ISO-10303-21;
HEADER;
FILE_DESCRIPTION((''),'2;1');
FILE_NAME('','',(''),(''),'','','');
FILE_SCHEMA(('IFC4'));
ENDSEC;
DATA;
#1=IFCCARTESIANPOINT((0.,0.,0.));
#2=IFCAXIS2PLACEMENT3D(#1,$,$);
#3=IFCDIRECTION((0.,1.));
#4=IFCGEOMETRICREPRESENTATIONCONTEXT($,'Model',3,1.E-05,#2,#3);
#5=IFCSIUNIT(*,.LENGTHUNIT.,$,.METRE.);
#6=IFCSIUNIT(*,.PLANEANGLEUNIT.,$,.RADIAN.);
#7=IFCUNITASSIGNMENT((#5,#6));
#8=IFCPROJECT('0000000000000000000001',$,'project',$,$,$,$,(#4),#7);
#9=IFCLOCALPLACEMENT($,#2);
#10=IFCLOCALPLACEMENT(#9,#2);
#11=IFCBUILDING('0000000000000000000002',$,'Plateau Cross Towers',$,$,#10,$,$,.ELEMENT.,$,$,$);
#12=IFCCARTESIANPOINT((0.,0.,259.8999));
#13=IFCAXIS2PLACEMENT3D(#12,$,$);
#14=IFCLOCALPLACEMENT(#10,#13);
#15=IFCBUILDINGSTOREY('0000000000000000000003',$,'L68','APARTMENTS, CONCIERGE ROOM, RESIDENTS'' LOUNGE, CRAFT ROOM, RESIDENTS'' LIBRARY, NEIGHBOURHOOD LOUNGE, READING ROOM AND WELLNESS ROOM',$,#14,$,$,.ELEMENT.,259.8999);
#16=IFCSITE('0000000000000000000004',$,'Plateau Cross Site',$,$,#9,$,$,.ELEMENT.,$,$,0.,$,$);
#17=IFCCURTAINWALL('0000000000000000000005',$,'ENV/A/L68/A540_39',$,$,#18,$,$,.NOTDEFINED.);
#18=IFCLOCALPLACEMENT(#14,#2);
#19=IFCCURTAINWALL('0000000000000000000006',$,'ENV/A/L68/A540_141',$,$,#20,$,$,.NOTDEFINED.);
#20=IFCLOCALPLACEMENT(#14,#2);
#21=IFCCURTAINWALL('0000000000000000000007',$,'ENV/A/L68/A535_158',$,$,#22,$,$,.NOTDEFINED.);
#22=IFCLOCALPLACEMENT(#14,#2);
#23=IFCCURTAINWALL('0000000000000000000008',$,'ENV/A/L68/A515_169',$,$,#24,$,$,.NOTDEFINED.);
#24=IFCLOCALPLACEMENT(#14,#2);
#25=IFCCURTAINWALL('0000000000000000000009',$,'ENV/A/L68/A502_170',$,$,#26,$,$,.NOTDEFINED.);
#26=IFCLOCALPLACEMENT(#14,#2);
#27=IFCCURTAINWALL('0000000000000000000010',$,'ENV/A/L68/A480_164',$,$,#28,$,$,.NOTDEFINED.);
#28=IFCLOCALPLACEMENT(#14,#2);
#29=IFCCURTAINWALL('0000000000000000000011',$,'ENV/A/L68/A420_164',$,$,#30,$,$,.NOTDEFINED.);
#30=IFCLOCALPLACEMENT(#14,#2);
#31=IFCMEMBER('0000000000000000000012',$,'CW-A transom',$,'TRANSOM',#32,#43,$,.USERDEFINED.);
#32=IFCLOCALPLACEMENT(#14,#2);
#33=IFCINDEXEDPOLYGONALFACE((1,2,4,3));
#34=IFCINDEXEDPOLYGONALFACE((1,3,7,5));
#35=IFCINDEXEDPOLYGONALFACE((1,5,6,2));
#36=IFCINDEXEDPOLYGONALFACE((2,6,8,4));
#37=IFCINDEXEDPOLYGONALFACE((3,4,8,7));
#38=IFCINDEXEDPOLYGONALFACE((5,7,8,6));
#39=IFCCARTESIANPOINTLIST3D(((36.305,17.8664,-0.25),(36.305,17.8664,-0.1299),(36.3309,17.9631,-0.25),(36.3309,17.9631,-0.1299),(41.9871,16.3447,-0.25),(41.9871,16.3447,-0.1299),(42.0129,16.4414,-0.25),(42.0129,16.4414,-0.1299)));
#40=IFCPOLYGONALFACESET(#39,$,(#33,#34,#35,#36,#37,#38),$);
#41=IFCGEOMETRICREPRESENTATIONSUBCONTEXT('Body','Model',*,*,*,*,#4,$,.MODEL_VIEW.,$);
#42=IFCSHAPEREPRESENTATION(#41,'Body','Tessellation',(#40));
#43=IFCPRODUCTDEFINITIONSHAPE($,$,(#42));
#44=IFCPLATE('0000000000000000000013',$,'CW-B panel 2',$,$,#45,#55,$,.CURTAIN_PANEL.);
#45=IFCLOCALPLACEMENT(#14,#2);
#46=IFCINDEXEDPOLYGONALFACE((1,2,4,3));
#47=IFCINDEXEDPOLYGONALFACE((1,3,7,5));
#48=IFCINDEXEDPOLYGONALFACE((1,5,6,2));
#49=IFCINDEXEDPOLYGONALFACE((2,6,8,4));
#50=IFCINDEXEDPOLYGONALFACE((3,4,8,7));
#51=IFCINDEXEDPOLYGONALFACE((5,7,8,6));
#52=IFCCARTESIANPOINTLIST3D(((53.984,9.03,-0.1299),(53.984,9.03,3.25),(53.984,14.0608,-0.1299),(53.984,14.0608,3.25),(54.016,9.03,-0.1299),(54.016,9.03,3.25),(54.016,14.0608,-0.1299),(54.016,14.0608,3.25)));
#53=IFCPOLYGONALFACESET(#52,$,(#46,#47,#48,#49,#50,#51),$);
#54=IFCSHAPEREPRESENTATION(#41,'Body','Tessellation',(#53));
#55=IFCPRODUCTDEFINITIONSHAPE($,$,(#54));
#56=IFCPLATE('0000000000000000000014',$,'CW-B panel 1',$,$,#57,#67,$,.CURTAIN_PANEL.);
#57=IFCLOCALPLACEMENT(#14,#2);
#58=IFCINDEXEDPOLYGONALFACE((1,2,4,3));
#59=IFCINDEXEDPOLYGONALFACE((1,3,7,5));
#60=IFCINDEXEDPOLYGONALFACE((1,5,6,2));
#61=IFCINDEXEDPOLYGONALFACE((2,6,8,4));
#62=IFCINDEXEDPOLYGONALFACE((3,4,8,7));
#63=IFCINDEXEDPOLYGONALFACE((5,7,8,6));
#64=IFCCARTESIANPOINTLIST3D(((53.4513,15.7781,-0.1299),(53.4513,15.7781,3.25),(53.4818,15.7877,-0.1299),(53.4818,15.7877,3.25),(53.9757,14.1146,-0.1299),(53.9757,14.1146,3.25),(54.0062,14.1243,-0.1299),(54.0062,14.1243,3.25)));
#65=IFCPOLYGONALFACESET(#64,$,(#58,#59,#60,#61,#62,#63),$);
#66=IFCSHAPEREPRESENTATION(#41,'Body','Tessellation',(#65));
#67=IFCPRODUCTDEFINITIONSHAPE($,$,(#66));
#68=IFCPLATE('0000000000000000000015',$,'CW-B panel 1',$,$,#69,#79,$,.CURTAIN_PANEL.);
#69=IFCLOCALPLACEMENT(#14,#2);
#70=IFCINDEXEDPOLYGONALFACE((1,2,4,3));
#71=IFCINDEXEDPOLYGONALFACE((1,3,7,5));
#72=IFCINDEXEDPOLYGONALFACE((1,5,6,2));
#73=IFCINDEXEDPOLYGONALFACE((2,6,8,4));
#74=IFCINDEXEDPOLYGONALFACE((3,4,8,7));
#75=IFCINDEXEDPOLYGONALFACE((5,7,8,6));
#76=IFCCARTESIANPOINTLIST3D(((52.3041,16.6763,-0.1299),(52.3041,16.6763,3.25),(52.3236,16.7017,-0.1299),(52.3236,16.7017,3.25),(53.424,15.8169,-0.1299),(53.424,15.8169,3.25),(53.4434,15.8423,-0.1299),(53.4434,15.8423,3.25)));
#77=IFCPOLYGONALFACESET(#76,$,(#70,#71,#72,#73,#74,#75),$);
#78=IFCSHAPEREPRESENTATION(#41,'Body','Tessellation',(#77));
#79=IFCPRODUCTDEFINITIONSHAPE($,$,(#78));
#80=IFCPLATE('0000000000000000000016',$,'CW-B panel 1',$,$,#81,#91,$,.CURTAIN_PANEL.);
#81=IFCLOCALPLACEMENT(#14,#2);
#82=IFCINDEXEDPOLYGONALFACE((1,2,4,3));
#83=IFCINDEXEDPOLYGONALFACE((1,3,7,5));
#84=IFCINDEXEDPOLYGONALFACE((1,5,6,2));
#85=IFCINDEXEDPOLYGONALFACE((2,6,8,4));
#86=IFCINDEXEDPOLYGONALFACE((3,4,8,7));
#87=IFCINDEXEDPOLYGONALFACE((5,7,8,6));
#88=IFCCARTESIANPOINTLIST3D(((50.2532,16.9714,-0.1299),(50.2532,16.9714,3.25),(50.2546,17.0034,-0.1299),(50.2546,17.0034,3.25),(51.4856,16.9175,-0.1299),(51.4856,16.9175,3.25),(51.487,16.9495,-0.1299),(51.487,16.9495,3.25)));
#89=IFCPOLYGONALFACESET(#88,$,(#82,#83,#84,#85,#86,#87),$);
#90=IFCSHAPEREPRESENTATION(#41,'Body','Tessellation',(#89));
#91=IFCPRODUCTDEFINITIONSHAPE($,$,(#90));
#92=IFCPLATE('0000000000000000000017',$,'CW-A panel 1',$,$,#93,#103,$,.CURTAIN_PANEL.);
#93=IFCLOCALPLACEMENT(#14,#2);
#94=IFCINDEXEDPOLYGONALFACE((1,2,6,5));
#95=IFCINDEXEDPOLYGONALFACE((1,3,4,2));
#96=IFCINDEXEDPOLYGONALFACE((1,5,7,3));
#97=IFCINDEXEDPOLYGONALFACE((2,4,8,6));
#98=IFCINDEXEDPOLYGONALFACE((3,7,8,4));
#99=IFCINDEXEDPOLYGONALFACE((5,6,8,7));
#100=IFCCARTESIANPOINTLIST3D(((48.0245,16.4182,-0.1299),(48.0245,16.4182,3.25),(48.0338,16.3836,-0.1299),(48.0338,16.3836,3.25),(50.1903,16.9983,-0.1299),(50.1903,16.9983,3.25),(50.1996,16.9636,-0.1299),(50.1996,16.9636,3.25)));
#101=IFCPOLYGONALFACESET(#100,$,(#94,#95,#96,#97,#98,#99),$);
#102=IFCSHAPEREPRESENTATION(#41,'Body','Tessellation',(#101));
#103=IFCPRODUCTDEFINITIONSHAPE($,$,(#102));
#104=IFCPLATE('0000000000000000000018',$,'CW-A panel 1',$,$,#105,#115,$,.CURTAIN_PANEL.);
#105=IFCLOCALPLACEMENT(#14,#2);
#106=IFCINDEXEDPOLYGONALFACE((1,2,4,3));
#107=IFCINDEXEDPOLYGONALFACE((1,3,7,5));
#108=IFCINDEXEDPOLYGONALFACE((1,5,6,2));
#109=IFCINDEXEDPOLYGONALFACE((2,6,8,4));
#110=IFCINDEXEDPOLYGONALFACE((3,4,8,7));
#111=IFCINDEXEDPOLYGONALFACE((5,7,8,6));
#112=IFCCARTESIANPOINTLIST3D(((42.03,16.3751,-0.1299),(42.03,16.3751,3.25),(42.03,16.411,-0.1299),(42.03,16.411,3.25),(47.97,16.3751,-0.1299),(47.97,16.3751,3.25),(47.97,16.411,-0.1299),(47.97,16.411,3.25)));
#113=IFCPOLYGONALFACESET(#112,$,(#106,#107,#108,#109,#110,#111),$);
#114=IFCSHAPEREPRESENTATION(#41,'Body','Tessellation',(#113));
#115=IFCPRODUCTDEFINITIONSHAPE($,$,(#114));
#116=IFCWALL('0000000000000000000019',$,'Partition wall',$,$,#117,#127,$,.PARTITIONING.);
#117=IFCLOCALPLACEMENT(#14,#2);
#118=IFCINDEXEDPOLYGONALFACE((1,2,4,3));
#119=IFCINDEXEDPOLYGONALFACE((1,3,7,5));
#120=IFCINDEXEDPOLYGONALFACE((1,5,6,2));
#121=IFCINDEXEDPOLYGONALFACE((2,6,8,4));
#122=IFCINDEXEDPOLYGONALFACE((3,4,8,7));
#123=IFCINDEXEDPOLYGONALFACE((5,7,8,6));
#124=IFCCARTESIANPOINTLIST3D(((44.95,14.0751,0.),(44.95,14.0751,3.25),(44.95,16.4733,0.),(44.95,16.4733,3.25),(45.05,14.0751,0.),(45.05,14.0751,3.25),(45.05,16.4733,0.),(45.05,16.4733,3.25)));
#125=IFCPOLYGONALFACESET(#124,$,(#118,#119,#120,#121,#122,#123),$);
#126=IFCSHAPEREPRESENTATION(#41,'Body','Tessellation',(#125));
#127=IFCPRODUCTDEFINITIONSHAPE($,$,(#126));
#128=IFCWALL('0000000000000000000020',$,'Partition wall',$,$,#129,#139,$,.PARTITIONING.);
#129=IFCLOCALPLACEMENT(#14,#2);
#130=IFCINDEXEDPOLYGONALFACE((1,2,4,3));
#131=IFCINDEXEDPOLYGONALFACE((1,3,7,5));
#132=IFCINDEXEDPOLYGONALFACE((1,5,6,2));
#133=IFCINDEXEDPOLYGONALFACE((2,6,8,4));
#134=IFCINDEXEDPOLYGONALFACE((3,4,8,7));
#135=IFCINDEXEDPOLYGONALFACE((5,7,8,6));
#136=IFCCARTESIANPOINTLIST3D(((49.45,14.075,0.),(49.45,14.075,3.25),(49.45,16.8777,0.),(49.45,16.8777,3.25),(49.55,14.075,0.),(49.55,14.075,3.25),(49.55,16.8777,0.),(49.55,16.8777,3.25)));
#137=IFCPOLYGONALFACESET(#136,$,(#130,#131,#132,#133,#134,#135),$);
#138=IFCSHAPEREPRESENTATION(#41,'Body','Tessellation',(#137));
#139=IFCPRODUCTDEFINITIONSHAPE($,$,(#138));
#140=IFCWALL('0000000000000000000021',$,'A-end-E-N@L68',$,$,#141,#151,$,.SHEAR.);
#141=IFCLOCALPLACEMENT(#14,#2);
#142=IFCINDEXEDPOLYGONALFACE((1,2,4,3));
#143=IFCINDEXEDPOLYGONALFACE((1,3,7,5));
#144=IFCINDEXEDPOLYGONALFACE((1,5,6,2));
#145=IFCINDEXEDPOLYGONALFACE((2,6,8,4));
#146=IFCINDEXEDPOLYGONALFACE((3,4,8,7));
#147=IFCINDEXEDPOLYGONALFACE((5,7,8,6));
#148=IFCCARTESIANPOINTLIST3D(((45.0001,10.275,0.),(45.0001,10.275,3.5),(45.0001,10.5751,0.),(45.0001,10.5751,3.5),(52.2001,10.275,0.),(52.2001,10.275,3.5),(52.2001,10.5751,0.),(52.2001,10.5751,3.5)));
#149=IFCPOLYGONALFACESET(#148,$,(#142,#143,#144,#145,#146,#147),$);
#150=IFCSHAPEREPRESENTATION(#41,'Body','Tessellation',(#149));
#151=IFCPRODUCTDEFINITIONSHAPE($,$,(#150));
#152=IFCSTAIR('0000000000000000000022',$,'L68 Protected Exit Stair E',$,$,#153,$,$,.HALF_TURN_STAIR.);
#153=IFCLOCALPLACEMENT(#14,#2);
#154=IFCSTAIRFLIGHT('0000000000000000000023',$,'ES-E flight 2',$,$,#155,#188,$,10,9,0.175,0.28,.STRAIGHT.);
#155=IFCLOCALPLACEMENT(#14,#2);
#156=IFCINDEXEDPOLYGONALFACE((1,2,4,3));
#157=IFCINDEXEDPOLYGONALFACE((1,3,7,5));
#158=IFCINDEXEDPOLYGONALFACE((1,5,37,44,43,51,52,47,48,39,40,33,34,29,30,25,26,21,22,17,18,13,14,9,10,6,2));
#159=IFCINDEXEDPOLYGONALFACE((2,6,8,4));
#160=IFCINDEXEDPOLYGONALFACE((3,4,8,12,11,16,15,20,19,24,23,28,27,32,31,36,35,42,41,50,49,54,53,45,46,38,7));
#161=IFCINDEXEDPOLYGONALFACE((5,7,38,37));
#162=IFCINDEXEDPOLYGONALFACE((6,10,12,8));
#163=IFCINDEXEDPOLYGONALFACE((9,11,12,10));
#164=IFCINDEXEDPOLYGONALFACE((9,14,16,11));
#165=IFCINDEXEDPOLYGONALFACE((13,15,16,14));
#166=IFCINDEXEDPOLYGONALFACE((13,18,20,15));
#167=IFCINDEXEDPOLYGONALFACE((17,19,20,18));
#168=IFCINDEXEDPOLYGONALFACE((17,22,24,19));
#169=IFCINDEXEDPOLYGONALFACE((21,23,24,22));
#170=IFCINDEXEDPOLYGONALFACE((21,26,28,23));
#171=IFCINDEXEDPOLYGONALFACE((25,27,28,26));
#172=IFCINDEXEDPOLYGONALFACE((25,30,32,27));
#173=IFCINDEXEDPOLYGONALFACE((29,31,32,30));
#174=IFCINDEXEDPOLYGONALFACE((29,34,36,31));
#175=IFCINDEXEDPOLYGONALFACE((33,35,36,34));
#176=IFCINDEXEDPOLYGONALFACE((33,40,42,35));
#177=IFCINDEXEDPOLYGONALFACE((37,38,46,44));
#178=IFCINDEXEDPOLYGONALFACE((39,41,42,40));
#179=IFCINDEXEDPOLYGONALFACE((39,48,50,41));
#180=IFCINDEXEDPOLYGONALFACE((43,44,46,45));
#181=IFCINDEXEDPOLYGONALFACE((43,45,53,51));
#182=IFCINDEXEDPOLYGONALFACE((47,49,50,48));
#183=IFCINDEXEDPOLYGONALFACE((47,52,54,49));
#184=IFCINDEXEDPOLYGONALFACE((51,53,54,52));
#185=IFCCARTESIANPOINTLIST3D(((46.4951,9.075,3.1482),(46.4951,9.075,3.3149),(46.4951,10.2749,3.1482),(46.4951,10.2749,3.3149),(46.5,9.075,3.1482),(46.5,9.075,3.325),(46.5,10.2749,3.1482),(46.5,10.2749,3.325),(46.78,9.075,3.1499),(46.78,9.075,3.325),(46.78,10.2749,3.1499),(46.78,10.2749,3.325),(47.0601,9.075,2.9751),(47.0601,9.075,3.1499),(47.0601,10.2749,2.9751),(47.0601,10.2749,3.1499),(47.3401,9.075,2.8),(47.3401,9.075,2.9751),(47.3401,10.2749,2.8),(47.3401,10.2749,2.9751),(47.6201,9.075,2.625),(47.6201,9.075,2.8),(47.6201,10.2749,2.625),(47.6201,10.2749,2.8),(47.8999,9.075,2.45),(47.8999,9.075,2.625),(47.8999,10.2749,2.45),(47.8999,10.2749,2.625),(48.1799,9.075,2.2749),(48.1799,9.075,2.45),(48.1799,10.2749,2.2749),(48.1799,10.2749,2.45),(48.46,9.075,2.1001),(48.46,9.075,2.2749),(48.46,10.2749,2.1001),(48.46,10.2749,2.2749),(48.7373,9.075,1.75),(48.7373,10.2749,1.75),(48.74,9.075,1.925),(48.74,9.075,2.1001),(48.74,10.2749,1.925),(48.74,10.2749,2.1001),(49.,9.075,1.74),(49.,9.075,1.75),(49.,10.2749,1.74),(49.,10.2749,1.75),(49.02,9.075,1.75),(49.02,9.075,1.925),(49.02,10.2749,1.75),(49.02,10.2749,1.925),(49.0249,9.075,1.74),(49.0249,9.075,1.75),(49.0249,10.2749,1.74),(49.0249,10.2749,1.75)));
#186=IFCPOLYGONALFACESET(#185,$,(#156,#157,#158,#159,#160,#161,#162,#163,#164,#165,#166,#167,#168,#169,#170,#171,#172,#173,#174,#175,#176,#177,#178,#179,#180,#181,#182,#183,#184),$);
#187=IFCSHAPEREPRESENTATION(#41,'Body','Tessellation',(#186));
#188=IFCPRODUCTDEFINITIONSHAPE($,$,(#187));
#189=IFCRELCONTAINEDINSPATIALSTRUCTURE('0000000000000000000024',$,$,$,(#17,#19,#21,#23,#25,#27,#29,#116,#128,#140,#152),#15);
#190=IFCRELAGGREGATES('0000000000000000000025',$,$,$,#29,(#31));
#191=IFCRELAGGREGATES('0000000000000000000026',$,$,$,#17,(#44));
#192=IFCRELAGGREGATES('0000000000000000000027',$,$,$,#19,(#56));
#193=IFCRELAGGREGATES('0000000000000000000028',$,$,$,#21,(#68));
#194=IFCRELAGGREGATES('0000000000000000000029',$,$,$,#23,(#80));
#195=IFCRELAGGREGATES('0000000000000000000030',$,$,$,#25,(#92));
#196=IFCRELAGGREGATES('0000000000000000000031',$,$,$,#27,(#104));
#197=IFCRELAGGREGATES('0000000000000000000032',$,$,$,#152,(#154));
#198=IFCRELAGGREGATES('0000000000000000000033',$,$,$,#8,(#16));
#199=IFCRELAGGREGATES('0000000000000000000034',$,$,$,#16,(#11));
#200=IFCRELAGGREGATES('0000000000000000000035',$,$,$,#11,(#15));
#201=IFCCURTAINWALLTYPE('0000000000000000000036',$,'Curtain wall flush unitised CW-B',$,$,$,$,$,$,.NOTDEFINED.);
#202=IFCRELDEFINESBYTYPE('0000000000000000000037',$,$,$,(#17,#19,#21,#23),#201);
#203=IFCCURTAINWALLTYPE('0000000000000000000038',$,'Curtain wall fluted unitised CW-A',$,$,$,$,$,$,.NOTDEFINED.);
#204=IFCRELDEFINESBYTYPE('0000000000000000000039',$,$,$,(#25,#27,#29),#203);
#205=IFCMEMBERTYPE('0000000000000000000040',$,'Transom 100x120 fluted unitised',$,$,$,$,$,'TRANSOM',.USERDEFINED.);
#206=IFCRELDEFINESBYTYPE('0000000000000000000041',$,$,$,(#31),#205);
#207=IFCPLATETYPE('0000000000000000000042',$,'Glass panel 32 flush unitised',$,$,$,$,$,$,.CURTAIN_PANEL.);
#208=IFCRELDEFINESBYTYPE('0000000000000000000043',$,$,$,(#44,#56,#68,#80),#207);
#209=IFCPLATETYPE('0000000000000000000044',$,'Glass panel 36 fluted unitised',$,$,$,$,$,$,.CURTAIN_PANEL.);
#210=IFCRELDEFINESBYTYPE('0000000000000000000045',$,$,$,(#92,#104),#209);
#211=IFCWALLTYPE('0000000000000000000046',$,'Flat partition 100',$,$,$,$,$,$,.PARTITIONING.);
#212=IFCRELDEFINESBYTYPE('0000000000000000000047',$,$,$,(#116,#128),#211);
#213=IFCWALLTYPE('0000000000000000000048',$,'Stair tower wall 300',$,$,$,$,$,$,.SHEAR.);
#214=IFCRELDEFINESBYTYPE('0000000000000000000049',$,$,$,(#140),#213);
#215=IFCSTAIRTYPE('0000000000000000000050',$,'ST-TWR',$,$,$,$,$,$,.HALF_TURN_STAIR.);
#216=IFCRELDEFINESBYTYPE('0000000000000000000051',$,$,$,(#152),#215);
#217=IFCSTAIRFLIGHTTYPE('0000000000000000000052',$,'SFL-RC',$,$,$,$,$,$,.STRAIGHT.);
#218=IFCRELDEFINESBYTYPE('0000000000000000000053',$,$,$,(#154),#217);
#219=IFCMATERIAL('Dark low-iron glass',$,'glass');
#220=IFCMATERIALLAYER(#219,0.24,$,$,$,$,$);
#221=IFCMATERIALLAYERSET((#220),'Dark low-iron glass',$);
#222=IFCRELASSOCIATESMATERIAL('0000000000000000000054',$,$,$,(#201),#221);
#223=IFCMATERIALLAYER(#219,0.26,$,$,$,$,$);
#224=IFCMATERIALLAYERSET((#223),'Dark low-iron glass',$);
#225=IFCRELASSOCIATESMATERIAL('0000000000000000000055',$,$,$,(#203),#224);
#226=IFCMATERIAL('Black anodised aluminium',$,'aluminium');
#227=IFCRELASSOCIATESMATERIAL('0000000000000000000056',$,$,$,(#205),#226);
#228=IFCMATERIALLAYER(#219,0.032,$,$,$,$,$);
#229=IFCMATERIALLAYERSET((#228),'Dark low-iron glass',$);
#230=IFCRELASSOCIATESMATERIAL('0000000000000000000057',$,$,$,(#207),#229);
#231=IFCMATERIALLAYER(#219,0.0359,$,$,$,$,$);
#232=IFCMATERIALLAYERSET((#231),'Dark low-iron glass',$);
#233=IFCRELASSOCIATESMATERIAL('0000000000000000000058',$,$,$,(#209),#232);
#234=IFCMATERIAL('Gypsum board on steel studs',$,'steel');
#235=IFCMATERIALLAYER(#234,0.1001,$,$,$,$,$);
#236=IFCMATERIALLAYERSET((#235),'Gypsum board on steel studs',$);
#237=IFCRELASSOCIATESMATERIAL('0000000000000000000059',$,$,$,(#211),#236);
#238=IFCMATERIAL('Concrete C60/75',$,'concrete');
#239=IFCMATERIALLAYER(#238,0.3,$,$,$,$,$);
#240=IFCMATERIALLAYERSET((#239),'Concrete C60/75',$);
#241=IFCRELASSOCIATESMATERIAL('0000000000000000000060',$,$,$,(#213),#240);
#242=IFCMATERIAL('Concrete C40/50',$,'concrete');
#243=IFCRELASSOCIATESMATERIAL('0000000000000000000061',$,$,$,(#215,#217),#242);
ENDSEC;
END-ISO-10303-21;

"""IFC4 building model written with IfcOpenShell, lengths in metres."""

from ifc_helpers import new_model, si_unit, direction, frame, frame_2d, origin, origin_2d, place, context, subcontext, project, spatial, polyline, rectangle, outline, extrude, material, layer, layer_set, material_profile, profile_set, type_object, element, aggregate, save


model = new_model("IFC4")

# Units and contexts
model_context = context("Model", 3, precision=1e-05, world=origin(), true_north=direction((0.0, 1.0)))
body_context = subcontext(model_context, "Body", "Model", "MODEL_VIEW")
ifc_project = project(units=[si_unit("LENGTHUNIT", "METRE"), si_unit("PLANEANGLEUNIT", "RADIAN")], contexts=[model_context])

# Site, building, storey
site_placement = place(None, origin())
site = spatial("IfcSite", under=ifc_project, at=site_placement, Name="Plateau Cross Site", CompositionType="ELEMENT", RefElevation=0.0)
building_placement = place(site_placement, origin())
building = spatial("IfcBuilding", under=site, at=building_placement, Name="Plateau Cross Towers", CompositionType="ELEMENT")
storey_placement = place(building_placement, frame((0.0, 0.0, 259.8999)))
storey = spatial("IfcBuildingStorey", under=building, at=storey_placement, Name="L68", Description="APARTMENTS, CONCIERGE ROOM, RESIDENTS' LOUNGE, CRAFT ROOM, RESIDENTS' LIBRARY, NEIGHBOURHOOD LOUNGE, READING ROOM AND WELLNESS ROOM", CompositionType="ELEMENT", Elevation=259.8999)

# Shared definitions
ifc_material_1 = material(Name="Concrete C60/75", Category="concrete")

# Curtain walls
ifc_material_2 = material(Name="Dark low-iron glass", Category="glass")
ifc_layer_1 = layer(ifc_material_2, 0.24)
ifc_layer_set_1 = layer_set([ifc_layer_1], Name="Dark low-iron glass")
curtain_wall_type_1 = type_object("IfcCurtainWallType", Name="Curtain wall flush unitised CW-B", PredefinedType="NOTDEFINED", material=ifc_layer_set_1)
curtain_wall_1_placement = place(storey_placement, origin())
curtain_wall_1 = element("IfcCurtainWall", 1, at=curtain_wall_1_placement, inside=storey, type_object=curtain_wall_type_1, Name="ENV/A/L68/A540_39", PredefinedType="NOTDEFINED")
ifc_material_3 = material(Name="Black anodised aluminium", Category="aluminium")
curtain_wall_2_placement = place(storey_placement, origin())
curtain_wall_2 = element("IfcCurtainWall", 2, at=curtain_wall_2_placement, inside=storey, type_object=curtain_wall_type_1, Name="ENV/A/L68/A540_141", PredefinedType="NOTDEFINED")

# Curtain wall
curtain_wall_3_placement = place(storey_placement, origin())
curtain_wall_3 = element("IfcCurtainWall", 3, at=curtain_wall_3_placement, inside=storey, type_object=curtain_wall_type_1, Name="ENV/A/L68/A535_158", PredefinedType="NOTDEFINED")

# Curtain walls
curtain_wall_4_placement = place(storey_placement, origin())
curtain_wall_4 = element("IfcCurtainWall", 4, at=curtain_wall_4_placement, inside=storey, type_object=curtain_wall_type_1, Name="ENV/A/L68/A515_169", PredefinedType="NOTDEFINED")
ifc_layer_2 = layer(ifc_material_2, 0.26)
ifc_layer_set_2 = layer_set([ifc_layer_2], Name="Dark low-iron glass")
curtain_wall_type_2 = type_object("IfcCurtainWallType", Name="Curtain wall fluted unitised CW-A", PredefinedType="NOTDEFINED", material=ifc_layer_set_2)
curtain_wall_5_placement = place(storey_placement, origin())
curtain_wall_5 = element("IfcCurtainWall", 5, at=curtain_wall_5_placement, inside=storey, type_object=curtain_wall_type_2, Name="ENV/A/L68/A502_170", PredefinedType="NOTDEFINED")
curtain_wall_6_placement = place(storey_placement, origin())
curtain_wall_6 = element("IfcCurtainWall", 6, at=curtain_wall_6_placement, inside=storey, type_object=curtain_wall_type_2, Name="ENV/A/L68/A480_164", PredefinedType="NOTDEFINED")
curtain_wall_7_placement = place(storey_placement, origin())
curtain_wall_7 = element("IfcCurtainWall", 7, at=curtain_wall_7_placement, inside=storey, type_object=curtain_wall_type_2, Name="ENV/A/L68/A420_164", PredefinedType="NOTDEFINED")

# Member
ifc_material_profile_1 = material_profile(ifc_material_3, rectangle(XDim=0.1001, YDim=0.1201, at=origin_2d()), Name="TRANSOM 100x120")
ifc_profile_set_1 = profile_set([ifc_material_profile_1], Name="Black anodised aluminium")
member_type_1 = type_object("IfcMemberType", Name="Transom 100x120 fluted unitised", ElementType="TRANSOM", PredefinedType="USERDEFINED", material=ifc_profile_set_1)
member_1_placement = place(storey_placement, frame((42.0, 16.3931, -0.1899), z_axis=(-0.96596, 0.258693, 0.0), x_axis=(-0.258693, -0.96596, 0.0)))
member_1 = element("IfcMember", 8, at=member_1_placement, type_object=member_type_1, Name="CW-A transom", ObjectType="TRANSOM", PredefinedType="USERDEFINED", context=body_context, shape_type="SweptSolid", body=[
    extrude(rectangle(XDim=0.1001, YDim=0.1201, at=origin_2d()), origin(), (0.0, 0.0, 1.0), 5.8823),
])
aggregate(curtain_wall_7, [member_1])

# Plates
ifc_layer_3 = layer(ifc_material_2, 0.032)
ifc_layer_set_3 = layer_set([ifc_layer_3], Name="Dark low-iron glass")
plate_type_1 = type_object("IfcPlateType", Name="Glass panel 32 flush unitised", PredefinedType="CURTAIN_PANEL", material=ifc_layer_set_3)
plate_1_placement = place(storey_placement, frame((54.0, 11.5454, -0.1299), z_axis=(0.0, 0.0, 1.0), x_axis=(0.0, 1.0, 0.0)))
plate_1 = element("IfcPlate", 9, at=plate_1_placement, type_object=plate_type_1, Name="CW-B panel 2", PredefinedType="CURTAIN_PANEL", context=body_context, shape_type="SweptSolid", body=[
    extrude(rectangle(XDim=5.0308, YDim=0.032, at=origin_2d()), origin(), (0.0, 0.0, 1.0), 3.3799),
])
aggregate(curtain_wall_1, [plate_1])
plate_2_placement = place(storey_placement, frame((53.7288, 14.9512, -0.1299), z_axis=(0.0, 0.0, 1.0), x_axis=(-0.300686, 0.953723, 0.0)))
plate_2 = element("IfcPlate", 10, at=plate_2_placement, type_object=plate_type_1, Name="CW-B panel 1", PredefinedType="CURTAIN_PANEL", context=body_context, shape_type="SweptSolid", body=[
    extrude(rectangle(XDim=1.7441, YDim=0.032, at=origin_2d()), origin(), (0.0, 0.0, 1.0), 3.3799),
])
aggregate(curtain_wall_2, [plate_2])
plate_3_placement = place(storey_placement, frame((52.8738, 16.2593, -0.1299), z_axis=(0.0, 0.0, 1.0), x_axis=(-0.793316, 0.608811, 0.0)))
plate_3 = element("IfcPlate", 11, at=plate_3_placement, type_object=plate_type_1, Name="CW-B panel 1", PredefinedType="CURTAIN_PANEL", context=body_context, shape_type="SweptSolid", body=[
    extrude(rectangle(XDim=1.4116, YDim=0.032, at=origin_2d()), origin(), (0.0, 0.0, 1.0), 3.3799),
])
aggregate(curtain_wall_3, [plate_3])
plate_4_placement = place(storey_placement, frame((50.8701, 16.9604, -0.1299), z_axis=(0.0, 0.0, 1.0), x_axis=(-0.999044, 0.043723, 0.0)))
plate_4 = element("IfcPlate", 12, at=plate_4_placement, type_object=plate_type_1, Name="CW-B panel 1", PredefinedType="CURTAIN_PANEL", context=body_context, shape_type="SweptSolid", body=[
    extrude(rectangle(XDim=1.2336, YDim=0.032, at=origin_2d()), origin(), (0.0, 0.0, 1.0), 3.3799),
])
aggregate(curtain_wall_4, [plate_4])
ifc_layer_4 = layer(ifc_material_2, 0.0359)
ifc_layer_set_4 = layer_set([ifc_layer_4], Name="Dark low-iron glass")
plate_type_2 = type_object("IfcPlateType", Name="Glass panel 36 fluted unitised", PredefinedType="CURTAIN_PANEL", material=ifc_layer_set_4)
plate_5_placement = place(storey_placement, frame((49.1121, 16.6909, -0.1299), z_axis=(0.0, 0.0, 1.0), x_axis=(-0.965958, -0.258699, 0.0)))
plate_5 = element("IfcPlate", 13, at=plate_5_placement, type_object=plate_type_2, Name="CW-A panel 1", PredefinedType="CURTAIN_PANEL", context=body_context, shape_type="SweptSolid", body=[
    extrude(rectangle(XDim=2.2422, YDim=0.0359, at=origin_2d()), origin(), (0.0, 0.0, 1.0), 3.3799),
])
aggregate(curtain_wall_5, [plate_5])
plate_6_placement = place(storey_placement, frame((45.0, 16.3931, -0.1299), z_axis=(0.0, 0.0, 1.0), x_axis=(-1.0, 0.0, 0.0)))
plate_6 = element("IfcPlate", 14, at=plate_6_placement, type_object=plate_type_2, Name="CW-A panel 1", PredefinedType="CURTAIN_PANEL", context=body_context, shape_type="SweptSolid", body=[
    extrude(rectangle(XDim=5.9399, YDim=0.0359, at=origin_2d()), origin(), (0.0, 0.0, 1.0), 3.3799),
])
aggregate(curtain_wall_6, [plate_6])

# Walls
ifc_material_4 = material(Name="Gypsum board on steel studs", Category="steel")
ifc_layer_5 = layer(ifc_material_4, 0.1001)
ifc_layer_set_5 = layer_set([ifc_layer_5], Name="Gypsum board on steel studs")
wall_type_1 = type_object("IfcWallType", Name="Flat partition 100", PredefinedType="PARTITIONING", material=ifc_layer_set_5)
wall_1_placement = place(storey_placement, frame((45.0, 14.075, 0.0), z_axis=(0.0, 0.0, 1.0), x_axis=(0.0, 1.0, 0.0)))
element("IfcWall", 15, at=wall_1_placement, inside=storey, type_object=wall_type_1, Name="Partition wall", PredefinedType="PARTITIONING", context=body_context, shape_type="SweptSolid", body=[
    extrude(rectangle(XDim=2.3982, YDim=0.1001, at=frame_2d((1.1992, 0.0))), origin(), (0.0, 0.0, 1.0), 3.25),
])
wall_2_placement = place(storey_placement, frame((49.5, 14.075, 0.0), z_axis=(0.0, 0.0, 1.0), x_axis=(0.0, 1.0, 0.0)))
element("IfcWall", 16, at=wall_2_placement, inside=storey, type_object=wall_type_1, Name="Partition wall", PredefinedType="PARTITIONING", context=body_context, shape_type="SweptSolid", body=[
    extrude(rectangle(XDim=2.8027, YDim=0.1001, at=frame_2d((1.4014, 0.0))), origin(), (0.0, 0.0, 1.0), 3.25),
])
ifc_layer_6 = layer(ifc_material_1, 0.3)
ifc_layer_set_6 = layer_set([ifc_layer_6], Name="Concrete C60/75")
wall_type_2 = type_object("IfcWallType", Name="Stair tower wall 300", PredefinedType="SHEAR", material=ifc_layer_set_6)
wall_3_placement = place(storey_placement, frame((45.0, 10.425, 0.0), z_axis=(0.0, 0.0, 1.0), x_axis=(1.0, 0.0, 0.0)))
element("IfcWall", 17, at=wall_3_placement, inside=storey, type_object=wall_type_2, Name="A-end-E-N@L68", PredefinedType="SHEAR", context=body_context, shape_type="SweptSolid", body=[
    extrude(rectangle(XDim=7.2, YDim=0.3, at=frame_2d((3.6001, 0.0))), origin(), (0.0, 0.0, 1.0), 3.5),
])

# Stair, stair flight
ifc_material_5 = material(Name="Concrete C40/50", Category="concrete")
stair_type = type_object("IfcStairType", Name="ST-TWR", PredefinedType="HALF_TURN_STAIR", material=ifc_material_5)
stair_placement = place(storey_placement, origin())
stair = element("IfcStair", 18, at=stair_placement, inside=storey, type_object=stair_type, Name="L68 Protected Exit Stair E", PredefinedType="HALF_TURN_STAIR")
stair_flight_type = type_object("IfcStairFlightType", Name="SFL-RC", PredefinedType="STRAIGHT", material=ifc_material_5)
stair_flight_placement = place(storey_placement, frame((49.02, 9.675, 1.75), z_axis=(0.0, 0.0, 1.0), x_axis=(-1.0, 0.0, 0.0)))
stair_flight = element("IfcStairFlight", 19, at=stair_flight_placement, type_object=stair_flight_type, Name="ES-E flight 2", NumberOfRisers=10, NumberOfTreads=9, PredefinedType="STRAIGHT", RiserHeight=0.175, TreadLength=0.28, context=body_context, shape_type="SweptSolid", body=[
    extrude(outline(polyline([(-0.0049, -0.01), (-0.0049, 0.0), (0.0, 0.0), (0.0, 0.175), (0.28, 0.175), (0.28, 0.3501), (0.5601, 0.3501), (0.5601, 0.5249), (0.8401, 0.5249), (0.8401, 0.7), (1.1201, 0.7), (1.1201, 0.875), (1.3999, 0.875), (1.3999, 1.05), (1.6799, 1.05), (1.6799, 1.2251), (1.96, 1.2251), (1.96, 1.3999), (2.24, 1.3999), (2.24, 1.575), (2.52, 1.575), (2.5249, 1.5649), (2.5249, 1.3982), (2.52, 1.3982), (0.2827, 0.0), (0.02, 0.0), (0.02, -0.01), (-0.0049, -0.01)])), frame((0.0, 0.6001, 0.0), z_axis=(0.0, -1.0, 0.0), x_axis=(1.0, 0.0, 0.0)), (0.0, 0.0, 1.0), 1.2),
])
aggregate(stair, [stair_flight])

save(model, "model.ifc")
